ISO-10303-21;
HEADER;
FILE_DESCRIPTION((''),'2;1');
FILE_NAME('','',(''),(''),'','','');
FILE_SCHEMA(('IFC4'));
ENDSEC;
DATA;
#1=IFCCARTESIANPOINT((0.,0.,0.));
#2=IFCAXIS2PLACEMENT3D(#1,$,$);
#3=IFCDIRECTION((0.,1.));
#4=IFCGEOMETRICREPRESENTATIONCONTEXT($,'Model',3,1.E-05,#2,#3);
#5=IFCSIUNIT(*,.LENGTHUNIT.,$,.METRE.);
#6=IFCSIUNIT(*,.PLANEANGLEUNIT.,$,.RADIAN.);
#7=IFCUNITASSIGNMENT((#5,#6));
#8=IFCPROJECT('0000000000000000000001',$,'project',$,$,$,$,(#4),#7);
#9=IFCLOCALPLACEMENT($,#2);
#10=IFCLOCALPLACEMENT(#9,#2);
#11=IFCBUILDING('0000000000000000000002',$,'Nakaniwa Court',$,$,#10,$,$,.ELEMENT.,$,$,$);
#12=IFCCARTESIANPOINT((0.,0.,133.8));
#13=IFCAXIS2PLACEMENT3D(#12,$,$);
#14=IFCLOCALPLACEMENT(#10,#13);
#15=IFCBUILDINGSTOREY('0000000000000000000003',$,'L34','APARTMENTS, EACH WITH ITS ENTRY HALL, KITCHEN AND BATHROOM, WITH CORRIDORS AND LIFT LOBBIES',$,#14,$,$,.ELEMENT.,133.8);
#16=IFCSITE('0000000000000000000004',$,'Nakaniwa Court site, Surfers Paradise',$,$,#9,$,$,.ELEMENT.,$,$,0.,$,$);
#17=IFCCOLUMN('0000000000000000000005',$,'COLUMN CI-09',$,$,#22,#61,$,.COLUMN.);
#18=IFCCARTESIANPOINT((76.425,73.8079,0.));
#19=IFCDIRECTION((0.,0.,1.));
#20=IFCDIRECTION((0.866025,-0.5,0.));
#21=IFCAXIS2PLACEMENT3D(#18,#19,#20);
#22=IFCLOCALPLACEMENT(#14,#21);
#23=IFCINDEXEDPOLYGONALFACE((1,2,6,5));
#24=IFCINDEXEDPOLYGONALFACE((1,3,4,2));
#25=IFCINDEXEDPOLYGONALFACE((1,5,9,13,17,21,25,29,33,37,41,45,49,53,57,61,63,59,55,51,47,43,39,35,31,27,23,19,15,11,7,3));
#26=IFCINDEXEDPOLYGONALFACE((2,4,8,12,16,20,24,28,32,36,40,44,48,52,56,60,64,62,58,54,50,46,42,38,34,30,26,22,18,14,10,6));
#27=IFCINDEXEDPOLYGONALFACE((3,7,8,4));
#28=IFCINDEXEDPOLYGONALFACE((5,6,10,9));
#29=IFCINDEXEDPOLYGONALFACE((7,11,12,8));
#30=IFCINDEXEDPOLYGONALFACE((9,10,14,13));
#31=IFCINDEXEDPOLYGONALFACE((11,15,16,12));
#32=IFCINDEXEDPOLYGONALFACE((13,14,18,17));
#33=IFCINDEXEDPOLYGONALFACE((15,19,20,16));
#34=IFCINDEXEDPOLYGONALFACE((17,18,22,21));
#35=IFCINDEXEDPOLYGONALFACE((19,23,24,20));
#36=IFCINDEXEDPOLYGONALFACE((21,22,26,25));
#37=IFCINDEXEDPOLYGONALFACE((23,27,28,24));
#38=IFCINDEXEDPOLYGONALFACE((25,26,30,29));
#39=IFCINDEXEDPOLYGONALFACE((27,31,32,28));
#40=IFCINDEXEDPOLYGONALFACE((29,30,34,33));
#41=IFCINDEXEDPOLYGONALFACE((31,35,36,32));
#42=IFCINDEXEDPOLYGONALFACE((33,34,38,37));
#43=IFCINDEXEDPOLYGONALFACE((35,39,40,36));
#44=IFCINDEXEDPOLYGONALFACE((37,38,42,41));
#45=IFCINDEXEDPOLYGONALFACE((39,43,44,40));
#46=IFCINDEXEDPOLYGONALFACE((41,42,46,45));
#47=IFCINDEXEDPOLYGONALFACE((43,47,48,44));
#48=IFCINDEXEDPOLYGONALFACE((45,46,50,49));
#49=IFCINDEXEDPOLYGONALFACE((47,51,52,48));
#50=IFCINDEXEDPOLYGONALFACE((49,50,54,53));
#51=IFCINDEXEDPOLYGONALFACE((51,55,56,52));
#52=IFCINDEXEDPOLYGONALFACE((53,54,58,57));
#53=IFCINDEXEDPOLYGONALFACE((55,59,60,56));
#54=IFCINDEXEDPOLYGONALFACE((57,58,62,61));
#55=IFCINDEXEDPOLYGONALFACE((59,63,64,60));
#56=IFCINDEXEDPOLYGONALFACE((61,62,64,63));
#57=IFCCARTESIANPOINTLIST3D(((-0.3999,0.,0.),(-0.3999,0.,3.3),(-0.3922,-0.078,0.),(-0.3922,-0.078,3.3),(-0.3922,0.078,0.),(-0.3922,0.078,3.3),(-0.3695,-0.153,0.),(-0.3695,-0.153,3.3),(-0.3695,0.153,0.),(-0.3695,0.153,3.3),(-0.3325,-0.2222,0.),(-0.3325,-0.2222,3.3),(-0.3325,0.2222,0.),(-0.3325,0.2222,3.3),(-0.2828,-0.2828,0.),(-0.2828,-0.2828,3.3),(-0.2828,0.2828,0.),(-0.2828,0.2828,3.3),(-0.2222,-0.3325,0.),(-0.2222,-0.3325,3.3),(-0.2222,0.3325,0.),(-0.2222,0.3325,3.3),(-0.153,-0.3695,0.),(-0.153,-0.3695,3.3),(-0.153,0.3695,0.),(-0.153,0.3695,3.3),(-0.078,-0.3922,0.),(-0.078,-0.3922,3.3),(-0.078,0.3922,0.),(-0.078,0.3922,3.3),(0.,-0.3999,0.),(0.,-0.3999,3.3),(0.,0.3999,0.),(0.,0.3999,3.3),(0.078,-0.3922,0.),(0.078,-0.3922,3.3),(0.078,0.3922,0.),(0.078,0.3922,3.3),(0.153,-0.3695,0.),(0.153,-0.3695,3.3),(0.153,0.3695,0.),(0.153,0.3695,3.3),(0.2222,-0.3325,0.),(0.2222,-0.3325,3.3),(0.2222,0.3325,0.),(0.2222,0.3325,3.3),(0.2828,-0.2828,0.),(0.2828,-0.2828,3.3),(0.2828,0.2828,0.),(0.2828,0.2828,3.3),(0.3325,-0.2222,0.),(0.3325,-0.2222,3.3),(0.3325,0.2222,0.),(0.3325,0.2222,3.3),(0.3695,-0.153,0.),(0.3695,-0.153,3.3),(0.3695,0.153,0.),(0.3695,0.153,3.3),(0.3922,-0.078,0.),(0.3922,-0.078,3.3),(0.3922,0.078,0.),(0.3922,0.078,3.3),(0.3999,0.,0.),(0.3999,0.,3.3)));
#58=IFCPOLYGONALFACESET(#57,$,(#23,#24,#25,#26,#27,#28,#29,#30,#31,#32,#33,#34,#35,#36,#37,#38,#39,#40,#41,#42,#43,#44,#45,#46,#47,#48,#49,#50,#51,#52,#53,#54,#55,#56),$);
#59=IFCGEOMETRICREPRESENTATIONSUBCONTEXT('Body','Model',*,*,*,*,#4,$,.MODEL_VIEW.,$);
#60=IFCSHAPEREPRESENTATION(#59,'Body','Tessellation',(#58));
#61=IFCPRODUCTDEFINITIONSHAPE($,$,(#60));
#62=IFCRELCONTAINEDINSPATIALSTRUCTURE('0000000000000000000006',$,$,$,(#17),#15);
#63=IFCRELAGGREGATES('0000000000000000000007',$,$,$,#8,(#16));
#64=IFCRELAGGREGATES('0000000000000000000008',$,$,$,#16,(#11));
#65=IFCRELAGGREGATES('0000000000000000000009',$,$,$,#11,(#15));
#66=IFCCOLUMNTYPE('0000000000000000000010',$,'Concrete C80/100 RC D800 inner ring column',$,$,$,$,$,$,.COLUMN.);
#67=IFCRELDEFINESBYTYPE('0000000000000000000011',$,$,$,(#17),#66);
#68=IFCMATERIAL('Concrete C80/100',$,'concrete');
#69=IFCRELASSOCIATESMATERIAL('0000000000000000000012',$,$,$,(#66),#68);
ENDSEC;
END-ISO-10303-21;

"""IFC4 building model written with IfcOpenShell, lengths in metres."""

from ifc_helpers import new_model, si_unit, direction, frame, origin, origin_2d, place, context, subcontext, project, spatial, circle, extrude, material, material_profile, profile_set, type_object, element, save


model = new_model("IFC4")

# Units and contexts
model_context = context("Model", 3, precision=1e-05, world=origin(), true_north=direction((0.0, 1.0)))
body_context = subcontext(model_context, "Body", "Model", "MODEL_VIEW")
ifc_project = project(units=[si_unit("LENGTHUNIT", "METRE"), si_unit("PLANEANGLEUNIT", "RADIAN")], contexts=[model_context])

# Site, building, storey
site_placement = place(None, origin())
site = spatial("IfcSite", under=ifc_project, at=site_placement, Name="Nakaniwa Court site, Surfers Paradise", CompositionType="ELEMENT", RefElevation=0.0)
building_placement = place(site_placement, origin())
building = spatial("IfcBuilding", under=site, at=building_placement, Name="Nakaniwa Court", CompositionType="ELEMENT")
storey_placement = place(building_placement, frame((0.0, 0.0, 133.8)))
storey = spatial("IfcBuildingStorey", under=building, at=storey_placement, Name="L34", Description="APARTMENTS, EACH WITH ITS ENTRY HALL, KITCHEN AND BATHROOM, WITH CORRIDORS AND LIFT LOBBIES", CompositionType="ELEMENT", Elevation=133.8)

# Column
ifc_material_1 = material(Name="Concrete C80/100", Category="concrete")
ifc_material_profile = material_profile(ifc_material_1, circle(Radius=0.3999, at=origin_2d()), Name="Concrete C80/100 RC D800 inner ring column")
ifc_profile_set = profile_set([ifc_material_profile], Name="Concrete C80/100")
column_type = type_object("IfcColumnType", Name="Concrete C80/100 RC D800 inner ring column", PredefinedType="COLUMN", material=ifc_profile_set)
column_placement = place(storey_placement, frame((76.425, 73.8079, 0.0), z_axis=(0.0, 0.0, 1.0), x_axis=(0.866025, -0.5, 0.0)))
element("IfcColumn", 1, at=column_placement, inside=storey, type_object=column_type, Name="COLUMN CI-09", PredefinedType="COLUMN", context=body_context, shape_type="SweptSolid", body=[
    extrude(circle(Radius=0.3999, at=origin_2d()), origin(), (0.0, 0.0, 1.0), 3.3),
])

save(model, "model.ifc")
